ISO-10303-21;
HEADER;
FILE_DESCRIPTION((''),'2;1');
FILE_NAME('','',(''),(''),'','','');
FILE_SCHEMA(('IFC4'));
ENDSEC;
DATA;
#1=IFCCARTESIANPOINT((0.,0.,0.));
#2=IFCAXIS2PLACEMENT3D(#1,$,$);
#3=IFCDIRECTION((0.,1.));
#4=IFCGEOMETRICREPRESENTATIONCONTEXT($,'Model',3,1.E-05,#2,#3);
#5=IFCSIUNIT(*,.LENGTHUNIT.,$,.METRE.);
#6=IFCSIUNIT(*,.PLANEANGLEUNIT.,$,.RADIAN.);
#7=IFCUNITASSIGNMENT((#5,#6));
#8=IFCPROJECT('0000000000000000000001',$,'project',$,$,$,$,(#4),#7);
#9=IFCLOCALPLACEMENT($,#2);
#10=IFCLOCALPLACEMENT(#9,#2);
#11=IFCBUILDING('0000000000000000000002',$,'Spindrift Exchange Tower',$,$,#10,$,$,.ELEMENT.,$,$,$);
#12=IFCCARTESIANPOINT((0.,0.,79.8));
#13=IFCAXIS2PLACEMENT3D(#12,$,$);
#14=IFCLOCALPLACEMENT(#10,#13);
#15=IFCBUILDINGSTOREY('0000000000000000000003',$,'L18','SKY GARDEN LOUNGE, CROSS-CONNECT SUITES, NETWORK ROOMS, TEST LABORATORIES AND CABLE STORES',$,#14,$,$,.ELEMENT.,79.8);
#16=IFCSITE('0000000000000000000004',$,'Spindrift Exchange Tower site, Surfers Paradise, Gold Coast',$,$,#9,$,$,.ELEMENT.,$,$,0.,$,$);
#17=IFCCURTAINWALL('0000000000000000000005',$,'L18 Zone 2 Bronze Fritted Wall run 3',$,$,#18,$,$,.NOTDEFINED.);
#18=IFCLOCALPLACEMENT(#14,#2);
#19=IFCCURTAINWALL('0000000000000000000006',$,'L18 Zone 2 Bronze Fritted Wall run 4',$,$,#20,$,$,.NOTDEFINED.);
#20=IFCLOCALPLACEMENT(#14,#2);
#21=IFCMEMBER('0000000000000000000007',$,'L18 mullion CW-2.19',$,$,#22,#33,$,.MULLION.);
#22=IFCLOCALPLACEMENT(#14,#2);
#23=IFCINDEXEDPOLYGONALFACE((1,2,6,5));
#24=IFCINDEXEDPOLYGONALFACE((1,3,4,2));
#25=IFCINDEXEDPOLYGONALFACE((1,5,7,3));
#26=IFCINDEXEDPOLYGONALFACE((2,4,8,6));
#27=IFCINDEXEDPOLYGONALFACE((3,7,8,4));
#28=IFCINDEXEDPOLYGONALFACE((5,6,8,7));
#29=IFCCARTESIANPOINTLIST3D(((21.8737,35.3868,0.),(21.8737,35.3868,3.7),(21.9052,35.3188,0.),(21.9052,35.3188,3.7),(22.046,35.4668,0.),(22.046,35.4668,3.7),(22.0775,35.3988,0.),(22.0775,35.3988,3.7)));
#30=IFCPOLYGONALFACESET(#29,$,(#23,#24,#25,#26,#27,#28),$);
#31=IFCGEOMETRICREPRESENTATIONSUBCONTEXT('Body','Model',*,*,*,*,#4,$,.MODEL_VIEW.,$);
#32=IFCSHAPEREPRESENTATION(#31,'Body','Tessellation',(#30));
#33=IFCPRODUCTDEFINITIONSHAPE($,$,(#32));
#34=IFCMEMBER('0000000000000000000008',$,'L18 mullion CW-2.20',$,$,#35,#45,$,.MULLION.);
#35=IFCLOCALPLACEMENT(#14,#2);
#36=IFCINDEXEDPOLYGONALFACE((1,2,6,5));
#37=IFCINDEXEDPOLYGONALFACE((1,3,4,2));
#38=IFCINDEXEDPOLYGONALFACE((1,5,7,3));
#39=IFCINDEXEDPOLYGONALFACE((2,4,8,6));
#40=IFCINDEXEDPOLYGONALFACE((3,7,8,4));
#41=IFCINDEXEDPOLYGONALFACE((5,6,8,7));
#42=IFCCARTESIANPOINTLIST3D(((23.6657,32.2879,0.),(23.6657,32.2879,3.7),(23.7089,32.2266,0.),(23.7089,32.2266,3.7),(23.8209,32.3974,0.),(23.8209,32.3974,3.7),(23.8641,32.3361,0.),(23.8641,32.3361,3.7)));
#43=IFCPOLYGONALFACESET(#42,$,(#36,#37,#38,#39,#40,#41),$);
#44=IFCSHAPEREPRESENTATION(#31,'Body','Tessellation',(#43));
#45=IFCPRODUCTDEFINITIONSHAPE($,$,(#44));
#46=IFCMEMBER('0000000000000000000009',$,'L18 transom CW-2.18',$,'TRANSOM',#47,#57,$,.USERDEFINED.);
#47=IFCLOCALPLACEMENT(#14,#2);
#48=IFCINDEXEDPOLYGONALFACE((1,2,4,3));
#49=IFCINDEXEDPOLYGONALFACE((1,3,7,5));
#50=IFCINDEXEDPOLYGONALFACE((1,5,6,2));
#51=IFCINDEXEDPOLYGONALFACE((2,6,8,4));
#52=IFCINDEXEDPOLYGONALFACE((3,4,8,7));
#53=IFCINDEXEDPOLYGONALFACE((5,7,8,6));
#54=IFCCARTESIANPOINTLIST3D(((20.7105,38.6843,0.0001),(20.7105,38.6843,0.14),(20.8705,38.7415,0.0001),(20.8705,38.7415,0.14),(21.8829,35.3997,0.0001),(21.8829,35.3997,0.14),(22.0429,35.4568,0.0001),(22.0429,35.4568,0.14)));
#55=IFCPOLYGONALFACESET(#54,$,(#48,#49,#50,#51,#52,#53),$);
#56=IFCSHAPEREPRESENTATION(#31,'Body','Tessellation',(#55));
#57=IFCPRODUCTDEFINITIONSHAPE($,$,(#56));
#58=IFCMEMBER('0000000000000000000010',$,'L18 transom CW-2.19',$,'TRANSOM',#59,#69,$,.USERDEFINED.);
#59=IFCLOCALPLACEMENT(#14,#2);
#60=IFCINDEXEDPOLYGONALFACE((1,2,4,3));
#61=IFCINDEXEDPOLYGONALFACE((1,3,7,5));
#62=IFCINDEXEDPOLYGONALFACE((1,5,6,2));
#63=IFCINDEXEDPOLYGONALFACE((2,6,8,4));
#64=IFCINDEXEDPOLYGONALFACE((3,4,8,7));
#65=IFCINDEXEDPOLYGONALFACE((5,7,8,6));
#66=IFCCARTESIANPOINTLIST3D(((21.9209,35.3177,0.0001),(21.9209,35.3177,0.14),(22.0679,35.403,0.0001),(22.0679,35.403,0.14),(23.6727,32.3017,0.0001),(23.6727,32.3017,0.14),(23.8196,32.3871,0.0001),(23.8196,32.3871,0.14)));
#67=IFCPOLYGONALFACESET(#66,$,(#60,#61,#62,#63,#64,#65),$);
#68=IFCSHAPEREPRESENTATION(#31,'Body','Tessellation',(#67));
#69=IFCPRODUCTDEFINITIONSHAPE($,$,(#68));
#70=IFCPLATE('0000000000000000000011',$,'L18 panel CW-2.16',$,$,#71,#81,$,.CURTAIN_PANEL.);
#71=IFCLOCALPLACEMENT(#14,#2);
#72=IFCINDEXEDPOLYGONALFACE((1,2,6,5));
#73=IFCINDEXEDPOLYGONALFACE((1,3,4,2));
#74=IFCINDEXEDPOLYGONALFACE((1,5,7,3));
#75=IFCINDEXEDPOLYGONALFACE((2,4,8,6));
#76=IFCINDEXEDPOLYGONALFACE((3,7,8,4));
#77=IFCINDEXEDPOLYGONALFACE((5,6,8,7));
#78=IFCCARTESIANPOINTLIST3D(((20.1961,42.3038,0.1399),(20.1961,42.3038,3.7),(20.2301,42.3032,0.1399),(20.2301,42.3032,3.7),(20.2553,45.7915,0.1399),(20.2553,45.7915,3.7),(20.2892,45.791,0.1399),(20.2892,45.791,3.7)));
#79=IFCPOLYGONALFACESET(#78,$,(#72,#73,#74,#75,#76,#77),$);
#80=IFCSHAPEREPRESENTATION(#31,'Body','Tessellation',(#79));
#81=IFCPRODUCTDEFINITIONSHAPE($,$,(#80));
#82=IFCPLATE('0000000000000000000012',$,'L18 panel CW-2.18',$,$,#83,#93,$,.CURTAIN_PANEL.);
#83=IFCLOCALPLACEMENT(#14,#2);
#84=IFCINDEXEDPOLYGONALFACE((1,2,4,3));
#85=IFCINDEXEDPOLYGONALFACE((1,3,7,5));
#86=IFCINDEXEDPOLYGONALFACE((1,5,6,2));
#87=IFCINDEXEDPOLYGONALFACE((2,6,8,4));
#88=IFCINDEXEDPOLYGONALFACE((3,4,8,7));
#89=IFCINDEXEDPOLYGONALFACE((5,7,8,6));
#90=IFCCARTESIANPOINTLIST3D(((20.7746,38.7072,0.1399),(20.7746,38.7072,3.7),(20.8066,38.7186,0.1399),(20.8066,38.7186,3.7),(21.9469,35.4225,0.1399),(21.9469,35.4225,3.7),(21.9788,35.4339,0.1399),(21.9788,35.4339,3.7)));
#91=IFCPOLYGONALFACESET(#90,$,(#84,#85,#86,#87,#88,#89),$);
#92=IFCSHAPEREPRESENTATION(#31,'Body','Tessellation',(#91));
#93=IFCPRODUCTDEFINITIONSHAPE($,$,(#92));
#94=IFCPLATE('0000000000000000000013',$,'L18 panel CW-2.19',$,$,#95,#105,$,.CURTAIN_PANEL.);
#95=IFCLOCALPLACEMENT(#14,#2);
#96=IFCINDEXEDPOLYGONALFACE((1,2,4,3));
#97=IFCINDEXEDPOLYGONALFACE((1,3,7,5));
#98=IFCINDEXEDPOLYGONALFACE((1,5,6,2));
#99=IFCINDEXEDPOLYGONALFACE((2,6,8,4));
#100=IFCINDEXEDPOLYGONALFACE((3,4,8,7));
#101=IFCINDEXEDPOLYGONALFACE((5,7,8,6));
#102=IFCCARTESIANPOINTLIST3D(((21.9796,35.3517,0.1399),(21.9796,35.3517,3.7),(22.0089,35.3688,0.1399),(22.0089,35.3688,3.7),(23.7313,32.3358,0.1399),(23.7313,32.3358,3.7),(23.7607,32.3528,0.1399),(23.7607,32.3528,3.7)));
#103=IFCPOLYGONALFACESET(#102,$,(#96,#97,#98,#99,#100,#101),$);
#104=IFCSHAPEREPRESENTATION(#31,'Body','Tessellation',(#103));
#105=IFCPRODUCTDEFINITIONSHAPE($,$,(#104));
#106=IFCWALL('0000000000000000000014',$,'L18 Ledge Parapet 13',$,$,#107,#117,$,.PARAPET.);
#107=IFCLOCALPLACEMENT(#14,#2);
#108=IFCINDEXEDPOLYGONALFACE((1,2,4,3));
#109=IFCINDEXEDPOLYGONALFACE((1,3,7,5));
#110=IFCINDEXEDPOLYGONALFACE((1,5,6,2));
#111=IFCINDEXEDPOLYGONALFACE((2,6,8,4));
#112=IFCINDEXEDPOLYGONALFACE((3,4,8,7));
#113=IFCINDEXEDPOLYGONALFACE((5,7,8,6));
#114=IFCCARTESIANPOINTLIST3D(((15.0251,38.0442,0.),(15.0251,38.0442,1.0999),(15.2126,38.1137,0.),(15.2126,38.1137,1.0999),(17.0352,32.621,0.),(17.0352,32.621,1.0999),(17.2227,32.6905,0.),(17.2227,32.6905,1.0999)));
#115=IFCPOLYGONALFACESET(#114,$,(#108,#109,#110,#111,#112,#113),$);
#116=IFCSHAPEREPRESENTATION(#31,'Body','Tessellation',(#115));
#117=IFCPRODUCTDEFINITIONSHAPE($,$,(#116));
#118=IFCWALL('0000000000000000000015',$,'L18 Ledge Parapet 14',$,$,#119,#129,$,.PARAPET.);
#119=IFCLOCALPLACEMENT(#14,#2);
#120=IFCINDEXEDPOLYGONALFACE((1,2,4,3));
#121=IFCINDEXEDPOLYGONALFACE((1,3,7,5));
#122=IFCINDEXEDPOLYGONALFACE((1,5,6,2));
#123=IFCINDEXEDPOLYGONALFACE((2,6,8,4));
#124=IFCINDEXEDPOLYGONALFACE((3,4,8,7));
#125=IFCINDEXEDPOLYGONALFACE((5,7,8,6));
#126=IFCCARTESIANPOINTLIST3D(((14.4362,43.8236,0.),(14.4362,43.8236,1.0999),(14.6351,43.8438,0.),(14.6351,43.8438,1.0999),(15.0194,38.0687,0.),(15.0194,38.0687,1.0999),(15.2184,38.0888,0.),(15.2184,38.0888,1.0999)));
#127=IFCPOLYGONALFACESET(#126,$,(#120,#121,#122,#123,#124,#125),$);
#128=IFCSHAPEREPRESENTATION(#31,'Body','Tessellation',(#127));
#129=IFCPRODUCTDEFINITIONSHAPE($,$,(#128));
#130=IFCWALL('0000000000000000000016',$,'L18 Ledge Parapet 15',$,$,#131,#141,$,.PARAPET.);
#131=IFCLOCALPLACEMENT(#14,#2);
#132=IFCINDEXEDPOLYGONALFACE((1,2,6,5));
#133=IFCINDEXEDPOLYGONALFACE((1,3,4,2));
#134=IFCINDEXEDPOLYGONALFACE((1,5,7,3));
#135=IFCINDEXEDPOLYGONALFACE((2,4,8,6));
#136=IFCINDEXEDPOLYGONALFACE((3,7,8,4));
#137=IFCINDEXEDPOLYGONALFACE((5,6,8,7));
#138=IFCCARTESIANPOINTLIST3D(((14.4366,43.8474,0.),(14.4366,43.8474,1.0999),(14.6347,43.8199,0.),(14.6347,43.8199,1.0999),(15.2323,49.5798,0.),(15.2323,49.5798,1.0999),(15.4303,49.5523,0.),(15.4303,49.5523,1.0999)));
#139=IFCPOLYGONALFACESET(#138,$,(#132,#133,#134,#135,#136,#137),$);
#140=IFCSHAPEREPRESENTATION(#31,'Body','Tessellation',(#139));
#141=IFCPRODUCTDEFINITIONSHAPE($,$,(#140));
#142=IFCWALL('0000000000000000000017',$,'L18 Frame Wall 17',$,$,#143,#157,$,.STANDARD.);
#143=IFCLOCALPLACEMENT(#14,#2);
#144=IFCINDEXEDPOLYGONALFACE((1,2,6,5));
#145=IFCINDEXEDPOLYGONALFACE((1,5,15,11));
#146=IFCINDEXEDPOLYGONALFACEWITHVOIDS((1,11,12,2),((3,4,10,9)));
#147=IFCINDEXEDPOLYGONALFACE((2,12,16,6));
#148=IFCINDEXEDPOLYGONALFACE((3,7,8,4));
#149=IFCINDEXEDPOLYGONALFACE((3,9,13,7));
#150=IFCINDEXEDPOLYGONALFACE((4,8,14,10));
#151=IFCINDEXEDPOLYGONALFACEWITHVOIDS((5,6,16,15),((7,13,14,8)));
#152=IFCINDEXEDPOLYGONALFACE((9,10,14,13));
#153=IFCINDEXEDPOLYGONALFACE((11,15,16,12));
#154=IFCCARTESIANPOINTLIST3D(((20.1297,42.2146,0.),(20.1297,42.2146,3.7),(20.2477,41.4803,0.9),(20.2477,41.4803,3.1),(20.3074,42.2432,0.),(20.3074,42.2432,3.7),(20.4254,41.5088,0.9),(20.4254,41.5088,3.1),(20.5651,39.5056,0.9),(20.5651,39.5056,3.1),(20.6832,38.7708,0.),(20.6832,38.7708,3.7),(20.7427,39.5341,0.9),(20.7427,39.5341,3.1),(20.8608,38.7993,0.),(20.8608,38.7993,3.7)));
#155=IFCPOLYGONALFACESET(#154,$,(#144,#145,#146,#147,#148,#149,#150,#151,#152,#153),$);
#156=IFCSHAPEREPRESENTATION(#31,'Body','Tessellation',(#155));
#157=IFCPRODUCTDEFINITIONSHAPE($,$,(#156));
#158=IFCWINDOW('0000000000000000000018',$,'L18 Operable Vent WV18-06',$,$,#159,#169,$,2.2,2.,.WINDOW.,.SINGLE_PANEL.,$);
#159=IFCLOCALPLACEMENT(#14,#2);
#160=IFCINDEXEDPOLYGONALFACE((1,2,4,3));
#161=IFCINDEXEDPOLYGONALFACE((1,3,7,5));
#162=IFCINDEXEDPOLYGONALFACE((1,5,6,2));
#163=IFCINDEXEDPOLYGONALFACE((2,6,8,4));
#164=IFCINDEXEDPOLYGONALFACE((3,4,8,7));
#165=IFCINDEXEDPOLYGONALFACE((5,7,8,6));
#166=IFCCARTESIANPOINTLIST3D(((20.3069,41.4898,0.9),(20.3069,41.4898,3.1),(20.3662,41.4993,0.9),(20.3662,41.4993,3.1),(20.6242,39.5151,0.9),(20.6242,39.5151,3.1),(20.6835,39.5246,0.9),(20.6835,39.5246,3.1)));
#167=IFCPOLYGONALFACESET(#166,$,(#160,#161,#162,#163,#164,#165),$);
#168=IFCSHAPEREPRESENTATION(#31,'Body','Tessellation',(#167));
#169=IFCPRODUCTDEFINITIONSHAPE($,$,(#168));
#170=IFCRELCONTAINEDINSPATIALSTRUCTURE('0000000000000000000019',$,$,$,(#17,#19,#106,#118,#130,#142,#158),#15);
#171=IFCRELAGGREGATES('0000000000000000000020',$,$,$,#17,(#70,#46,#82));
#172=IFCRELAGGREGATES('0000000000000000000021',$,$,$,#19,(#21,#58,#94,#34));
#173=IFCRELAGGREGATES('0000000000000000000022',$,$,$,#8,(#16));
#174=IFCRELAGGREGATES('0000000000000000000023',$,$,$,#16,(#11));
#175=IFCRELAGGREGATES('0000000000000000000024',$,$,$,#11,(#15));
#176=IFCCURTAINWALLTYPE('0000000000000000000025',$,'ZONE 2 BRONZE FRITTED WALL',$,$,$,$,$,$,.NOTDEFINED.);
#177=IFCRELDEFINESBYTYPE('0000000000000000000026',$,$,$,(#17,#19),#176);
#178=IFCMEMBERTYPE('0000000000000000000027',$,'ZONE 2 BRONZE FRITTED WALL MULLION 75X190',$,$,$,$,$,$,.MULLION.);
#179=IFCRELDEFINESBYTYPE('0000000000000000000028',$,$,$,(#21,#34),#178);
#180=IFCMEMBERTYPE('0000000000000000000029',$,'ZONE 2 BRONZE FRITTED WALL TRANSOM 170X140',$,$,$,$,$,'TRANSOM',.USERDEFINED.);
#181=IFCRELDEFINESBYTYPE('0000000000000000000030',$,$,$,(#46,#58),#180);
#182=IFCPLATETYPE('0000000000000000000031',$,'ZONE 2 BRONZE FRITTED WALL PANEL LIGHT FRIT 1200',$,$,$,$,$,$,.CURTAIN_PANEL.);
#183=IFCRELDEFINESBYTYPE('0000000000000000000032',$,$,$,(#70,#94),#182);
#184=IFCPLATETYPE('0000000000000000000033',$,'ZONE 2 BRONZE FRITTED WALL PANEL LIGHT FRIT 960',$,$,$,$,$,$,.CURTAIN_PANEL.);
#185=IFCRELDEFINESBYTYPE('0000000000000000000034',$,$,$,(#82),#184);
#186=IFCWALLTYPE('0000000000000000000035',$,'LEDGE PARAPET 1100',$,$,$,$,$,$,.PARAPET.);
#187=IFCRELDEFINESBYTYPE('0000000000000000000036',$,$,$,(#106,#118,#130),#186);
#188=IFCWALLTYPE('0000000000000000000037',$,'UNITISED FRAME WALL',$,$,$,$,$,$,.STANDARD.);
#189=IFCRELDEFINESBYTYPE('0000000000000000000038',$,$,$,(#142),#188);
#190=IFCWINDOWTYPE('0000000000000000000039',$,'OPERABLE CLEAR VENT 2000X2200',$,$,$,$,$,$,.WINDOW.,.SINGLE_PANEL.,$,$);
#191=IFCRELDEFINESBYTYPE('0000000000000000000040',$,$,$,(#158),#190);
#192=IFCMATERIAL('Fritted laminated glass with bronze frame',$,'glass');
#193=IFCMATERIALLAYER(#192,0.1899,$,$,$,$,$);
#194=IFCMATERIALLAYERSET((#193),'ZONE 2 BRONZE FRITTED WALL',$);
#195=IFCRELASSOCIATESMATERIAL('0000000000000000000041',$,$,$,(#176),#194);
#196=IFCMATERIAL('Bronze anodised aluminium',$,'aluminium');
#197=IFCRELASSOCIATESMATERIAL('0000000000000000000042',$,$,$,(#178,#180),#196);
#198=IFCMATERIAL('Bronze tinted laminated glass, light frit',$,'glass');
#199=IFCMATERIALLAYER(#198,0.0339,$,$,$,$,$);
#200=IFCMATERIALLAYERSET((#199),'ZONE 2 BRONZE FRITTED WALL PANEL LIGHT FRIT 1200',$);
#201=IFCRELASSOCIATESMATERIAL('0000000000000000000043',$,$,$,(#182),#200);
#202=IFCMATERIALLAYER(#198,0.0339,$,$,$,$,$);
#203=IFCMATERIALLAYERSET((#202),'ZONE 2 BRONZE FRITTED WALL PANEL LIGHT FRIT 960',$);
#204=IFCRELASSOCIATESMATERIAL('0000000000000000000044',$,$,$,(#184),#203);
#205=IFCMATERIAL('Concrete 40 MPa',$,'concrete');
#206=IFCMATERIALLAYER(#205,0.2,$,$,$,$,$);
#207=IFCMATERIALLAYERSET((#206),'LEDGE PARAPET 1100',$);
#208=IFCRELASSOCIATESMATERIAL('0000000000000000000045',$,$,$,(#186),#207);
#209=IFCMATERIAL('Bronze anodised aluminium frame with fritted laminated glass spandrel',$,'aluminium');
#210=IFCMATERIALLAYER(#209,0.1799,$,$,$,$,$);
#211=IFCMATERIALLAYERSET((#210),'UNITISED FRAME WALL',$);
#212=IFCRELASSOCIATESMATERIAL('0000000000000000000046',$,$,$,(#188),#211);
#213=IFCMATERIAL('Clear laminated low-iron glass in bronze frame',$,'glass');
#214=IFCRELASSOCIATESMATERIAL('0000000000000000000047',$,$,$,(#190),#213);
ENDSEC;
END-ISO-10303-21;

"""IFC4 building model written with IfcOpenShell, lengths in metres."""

from ifc_helpers import new_model, si_unit, direction, frame, frame_2d, origin, origin_2d, place, context, subcontext, project, spatial, rectangle, extrude, source, transform, mapped, material, layer, layer_set, material_profile, profile_set, type_object, element, fill, aggregate, save


model = new_model("IFC4")

# Units and contexts
model_context = context("Model", 3, precision=1e-05, world=origin(), true_north=direction((0.0, 1.0)))
body_context = subcontext(model_context, "Body", "Model", "MODEL_VIEW")
ifc_project = project(units=[si_unit("LENGTHUNIT", "METRE"), si_unit("PLANEANGLEUNIT", "RADIAN")], contexts=[model_context])

# Site, building, storey
site_placement = place(None, origin())
site = spatial("IfcSite", under=ifc_project, at=site_placement, Name="Spindrift Exchange Tower site, Surfers Paradise, Gold Coast", CompositionType="ELEMENT", RefElevation=0.0)
building_placement = place(site_placement, origin())
building = spatial("IfcBuilding", under=site, at=building_placement, Name="Spindrift Exchange Tower", CompositionType="ELEMENT")
storey_placement = place(building_placement, frame((0.0, 0.0, 79.8)))
storey = spatial("IfcBuildingStorey", under=building, at=storey_placement, Name="L18", Description="SKY GARDEN LOUNGE, CROSS-CONNECT SUITES, NETWORK ROOMS, TEST LABORATORIES AND CABLE STORES", CompositionType="ELEMENT", Elevation=79.8)

# Curtain walls, members
ifc_material_1 = material(Name="Fritted laminated glass with bronze frame", Category="glass")
ifc_layer_1 = layer(ifc_material_1, 0.1899)
ifc_layer_set_1 = layer_set([ifc_layer_1], Name="ZONE 2 BRONZE FRITTED WALL")
curtain_wall_type = type_object("IfcCurtainWallType", Name="ZONE 2 BRONZE FRITTED WALL", PredefinedType="NOTDEFINED", material=ifc_layer_set_1)
curtain_wall_1_placement = place(storey_placement, origin())
curtain_wall_1 = element("IfcCurtainWall", 1, at=curtain_wall_1_placement, inside=storey, type_object=curtain_wall_type, Name="L18 Zone 2 Bronze Fritted Wall run 3", PredefinedType="NOTDEFINED")
ifc_material_2 = material(Name="Bronze anodised aluminium", Category="aluminium")
ifc_material_profile_1 = material_profile(ifc_material_2, rectangle(XDim=0.075, YDim=0.1899, at=origin_2d()), Name="ZONE 2 BRONZE FRITTED WALL MULLION 75X190")
ifc_profile_set_1 = profile_set([ifc_material_profile_1], Name="Bronze anodised aluminium")
member_type_1 = type_object("IfcMemberType", Name="ZONE 2 BRONZE FRITTED WALL MULLION 75X190", PredefinedType="MULLION", material=ifc_profile_set_1)
shared_shape_1 = source(origin(), body_context, "Body", "SweptSolid", [
    extrude(rectangle(XDim=0.075, YDim=0.1899, at=origin_2d()), origin(), (0.0, 0.0, 1.0), 3.7),
])
curtain_wall_2_placement = place(storey_placement, origin())
curtain_wall_2 = element("IfcCurtainWall", 2, at=curtain_wall_2_placement, inside=storey, type_object=curtain_wall_type, Name="L18 Zone 2 Bronze Fritted Wall run 4", PredefinedType="NOTDEFINED")
member_1_placement = place(storey_placement, frame((21.9756, 35.3928, 0.0), z_axis=(0.0, 0.0, 1.0), x_axis=(0.420964, -0.907077, 0.0)))
member_1 = element("IfcMember", 3, at=member_1_placement, type_object=member_type_1, Name="L18 mullion CW-2.19", PredefinedType="MULLION", context=body_context, shape_type="MappedRepresentation", body=[
    mapped(shared_shape_1, transform((0.0, 0.0, 0.0), scale=1.0)),
])
member_2_placement = place(storey_placement, frame((23.7649, 32.312, 0.0), z_axis=(0.0, 0.0, 1.0), x_axis=(0.576455, -0.817129, 0.0)))
member_2 = element("IfcMember", 4, at=member_2_placement, type_object=member_type_1, Name="L18 mullion CW-2.20", PredefinedType="MULLION", context=body_context, shape_type="MappedRepresentation", body=[
    mapped(shared_shape_1, transform((0.0, 0.0, 0.0), scale=1.0)),
])

# Members
ifc_material_profile_2 = material_profile(ifc_material_2, rectangle(XDim=0.1699, YDim=0.1399, at=origin_2d()), Name="ZONE 2 BRONZE FRITTED WALL TRANSOM 170X140")
ifc_profile_set_2 = profile_set([ifc_material_profile_2], Name="Bronze anodised aluminium")
member_type_2 = type_object("IfcMemberType", Name="ZONE 2 BRONZE FRITTED WALL TRANSOM 170X140", ElementType="TRANSOM", PredefinedType="USERDEFINED", material=ifc_profile_set_2)
shared_shape_2 = source(origin(), body_context, "Body", "SweptSolid", [
    extrude(rectangle(XDim=0.1699, YDim=0.1399, at=origin_2d()), origin(), (0.0, 0.0, 1.0), 3.4875),
])
member_3_placement = place(storey_placement, frame((20.7905, 38.7129, 0.0701), z_axis=(0.33615, -0.941808, 0.0), x_axis=(0.941808, 0.33615, 0.0)))
member_3 = element("IfcMember", 5, at=member_3_placement, type_object=member_type_2, Name="L18 transom CW-2.18", ObjectType="TRANSOM", PredefinedType="USERDEFINED", context=body_context, shape_type="MappedRepresentation", body=[
    mapped(shared_shape_2, transform((0.0, 0.0, 0.0), scale=1.0)),
])
shared_shape_3 = source(origin(), body_context, "Body", "SweptSolid", [
    extrude(rectangle(XDim=0.1699, YDim=0.1399, at=origin_2d()), origin(), (0.0, 0.0, 1.0), 3.4878),
])
member_4_placement = place(storey_placement, frame((21.9944, 35.3604, 0.0701), z_axis=(0.502255, -0.864719, 0.0), x_axis=(0.864719, 0.502255, 0.0)))
member_4 = element("IfcMember", 6, at=member_4_placement, type_object=member_type_2, Name="L18 transom CW-2.19", ObjectType="TRANSOM", PredefinedType="USERDEFINED", context=body_context, shape_type="MappedRepresentation", body=[
    mapped(shared_shape_3, transform((0.0, 0.0, 0.0), scale=1.0)),
])

# Plates
ifc_material_3 = material(Name="Bronze tinted laminated glass, light frit", Category="glass")
ifc_layer_2 = layer(ifc_material_3, 0.0339)
ifc_layer_set_2 = layer_set([ifc_layer_2], Name="ZONE 2 BRONZE FRITTED WALL PANEL LIGHT FRIT 1200")
plate_type_1 = type_object("IfcPlateType", Name="ZONE 2 BRONZE FRITTED WALL PANEL LIGHT FRIT 1200", PredefinedType="CURTAIN_PANEL", material=ifc_layer_set_2)
shared_shape_4 = source(origin(), body_context, "Body", "SweptSolid", [
    extrude(rectangle(XDim=3.4883, YDim=0.0339, at=origin_2d()), origin(), (0.0, 0.0, 1.0), 3.5601),
])
plate_1_placement = place(storey_placement, frame((20.2427, 44.0474, 0.1399), z_axis=(0.0, 0.0, 1.0), x_axis=(-0.01695, -0.999856, 0.0)))
plate_1 = element("IfcPlate", 7, at=plate_1_placement, type_object=plate_type_1, Name="L18 panel CW-2.16", PredefinedType="CURTAIN_PANEL", context=body_context, shape_type="MappedRepresentation", body=[
    mapped(shared_shape_4, transform((0.0, 0.0, 0.0), scale=1.0)),
])
ifc_layer_3 = layer(ifc_material_3, 0.0339)
ifc_layer_set_3 = layer_set([ifc_layer_3], Name="ZONE 2 BRONZE FRITTED WALL PANEL LIGHT FRIT 960")
plate_type_2 = type_object("IfcPlateType", Name="ZONE 2 BRONZE FRITTED WALL PANEL LIGHT FRIT 960", PredefinedType="CURTAIN_PANEL", material=ifc_layer_set_3)
shared_shape_5 = source(origin(), body_context, "Body", "SweptSolid", [
    extrude(rectangle(XDim=3.4875, YDim=0.0339, at=origin_2d()), origin(), (0.0, 0.0, 1.0), 3.5601),
])
plate_2_placement = place(storey_placement, frame((21.3767, 37.0706, 0.1399), z_axis=(0.0, 0.0, 1.0), x_axis=(0.336132, -0.941815, 0.0)))
plate_2 = element("IfcPlate", 8, at=plate_2_placement, type_object=plate_type_2, Name="L18 panel CW-2.18", PredefinedType="CURTAIN_PANEL", context=body_context, shape_type="MappedRepresentation", body=[
    mapped(shared_shape_5, transform((0.0, 0.0, 0.0), scale=1.0)),
])
aggregate(curtain_wall_1, [plate_1, member_3, plate_2])
shared_shape_6 = source(origin(), body_context, "Body", "SweptSolid", [
    extrude(rectangle(XDim=3.4878, YDim=0.0339, at=origin_2d()), origin(), (0.0, 0.0, 1.0), 3.5601),
])
plate_3_placement = place(storey_placement, frame((22.8701, 33.8523, 0.1399), z_axis=(0.0, 0.0, 1.0), x_axis=(0.502259, -0.864717, 0.0)))
plate_3 = element("IfcPlate", 9, at=plate_3_placement, type_object=plate_type_1, Name="L18 panel CW-2.19", PredefinedType="CURTAIN_PANEL", context=body_context, shape_type="MappedRepresentation", body=[
    mapped(shared_shape_6, transform((0.0, 0.0, 0.0), scale=1.0)),
])
aggregate(curtain_wall_2, [member_1, member_4, plate_3, member_2])

# Walls
ifc_material_4 = material(Name="Concrete 40 MPa", Category="concrete")
ifc_layer_4 = layer(ifc_material_4, 0.2)
ifc_layer_set_4 = layer_set([ifc_layer_4], Name="LEDGE PARAPET 1100")
wall_type_1 = type_object("IfcWallType", Name="LEDGE PARAPET 1100", PredefinedType="PARAPET", material=ifc_layer_set_4)
wall_1_placement = place(storey_placement, frame((17.1289, 32.6558, 0.0), z_axis=(0.0, 0.0, 1.0), x_axis=(-0.347536, 0.937667, 0.0)))
element("IfcWall", 10, at=wall_1_placement, inside=storey, type_object=wall_type_1, Name="L18 Ledge Parapet 13", PredefinedType="PARAPET", context=body_context, shape_type="SweptSolid", body=[
    extrude(rectangle(XDim=5.7837, YDim=0.2, at=frame_2d((2.8918, 0.0))), origin(), (0.0, 0.0, 1.0), 1.0999),
])
wall_2_placement = place(storey_placement, frame((15.1189, 38.0789, 0.0), z_axis=(0.0, 0.0, 1.0), x_axis=(-0.100833, 0.994903, 0.0)))
element("IfcWall", 11, at=wall_2_placement, inside=storey, type_object=wall_type_1, Name="L18 Ledge Parapet 14", PredefinedType="PARAPET", context=body_context, shape_type="SweptSolid", body=[
    extrude(rectangle(XDim=5.7844, YDim=0.2, at=frame_2d((2.8921, 0.0))), origin(), (0.0, 0.0, 1.0), 1.0999),
])
wall_3_placement = place(storey_placement, frame((14.5356, 43.8337, 0.0), z_axis=(0.0, 0.0, 1.0), x_axis=(0.137481, 0.990504, 0.0)))
element("IfcWall", 12, at=wall_3_placement, inside=storey, type_object=wall_type_1, Name="L18 Ledge Parapet 15", PredefinedType="PARAPET", context=body_context, shape_type="SweptSolid", body=[
    extrude(rectangle(XDim=5.7874, YDim=0.2, at=frame_2d((2.8936, 0.0))), origin(), (0.0, 0.0, 1.0), 1.0999),
])

# Wall, opening, window
ifc_material_5 = material(Name="Bronze anodised aluminium frame with fritted laminated glass spandrel", Category="aluminium")
ifc_layer_5 = layer(ifc_material_5, 0.1799)
ifc_layer_set_5 = layer_set([ifc_layer_5], Name="UNITISED FRAME WALL")
wall_type_2 = type_object("IfcWallType", Name="UNITISED FRAME WALL", PredefinedType="STANDARD", material=ifc_layer_set_5)
wall_4_placement = place(storey_placement, frame((20.2185, 42.229, 0.0), z_axis=(0.0, 0.0, 1.0), x_axis=(0.158676, -0.987331, 0.0)))
wall_4 = element("IfcWall", 13, at=wall_4_placement, inside=storey, type_object=wall_type_2, Name="L18 Frame Wall 17", PredefinedType="STANDARD", context=body_context, shape_type="SweptSolid", body=[
    extrude(rectangle(XDim=3.488, YDim=0.1799, at=frame_2d((1.7441, 0.0))), origin(), (0.0, 0.0, 1.0), 3.7),
])
opening_placement = place(wall_4_placement, frame((0.7439, 0.0, 0.8999)))
opening = element("IfcOpeningElement", 14, at=opening_placement, cuts=wall_4, PredefinedType="OPENING", context=body_context, shape_type="SweptSolid", body=[
    extrude(rectangle(XDim=2.0, YDim=2.2, at=frame_2d((1.0, 1.1001))), frame((0.0, 0.0999, 0.0), z_axis=(0.0, -1.0, 0.0), x_axis=(1.0, 0.0, 0.0)), (0.0, 0.0, 1.0), 0.2),
])
ifc_material_6 = material(Name="Clear laminated low-iron glass in bronze frame", Category="glass")
window_type = type_object("IfcWindowType", Name="OPERABLE CLEAR VENT 2000X2200", PartitioningType="SINGLE_PANEL", PredefinedType="WINDOW", material=ifc_material_6)
shared_shape_7 = source(origin(), body_context, "Body", "SweptSolid", [
    extrude(rectangle(XDim=2.0, YDim=2.2, at=frame_2d((1.0, 1.1001))), frame((0.0, 0.03, 0.0), z_axis=(0.0, -1.0, 0.0), x_axis=(1.0, 0.0, 0.0)), (0.0, 0.0, 1.0), 0.0601),
])
window_placement = place(opening_placement, origin())
window = element("IfcWindow", 15, at=window_placement, inside=storey, type_object=window_type, Name="L18 Operable Vent WV18-06", OverallHeight=2.2, OverallWidth=2.0, PartitioningType="SINGLE_PANEL", PredefinedType="WINDOW", context=body_context, shape_type="MappedRepresentation", body=[
    mapped(shared_shape_7, transform((0.0, 0.0, 0.0), scale=1.0)),
])
fill(opening, window)

save(model, "model.ifc")
